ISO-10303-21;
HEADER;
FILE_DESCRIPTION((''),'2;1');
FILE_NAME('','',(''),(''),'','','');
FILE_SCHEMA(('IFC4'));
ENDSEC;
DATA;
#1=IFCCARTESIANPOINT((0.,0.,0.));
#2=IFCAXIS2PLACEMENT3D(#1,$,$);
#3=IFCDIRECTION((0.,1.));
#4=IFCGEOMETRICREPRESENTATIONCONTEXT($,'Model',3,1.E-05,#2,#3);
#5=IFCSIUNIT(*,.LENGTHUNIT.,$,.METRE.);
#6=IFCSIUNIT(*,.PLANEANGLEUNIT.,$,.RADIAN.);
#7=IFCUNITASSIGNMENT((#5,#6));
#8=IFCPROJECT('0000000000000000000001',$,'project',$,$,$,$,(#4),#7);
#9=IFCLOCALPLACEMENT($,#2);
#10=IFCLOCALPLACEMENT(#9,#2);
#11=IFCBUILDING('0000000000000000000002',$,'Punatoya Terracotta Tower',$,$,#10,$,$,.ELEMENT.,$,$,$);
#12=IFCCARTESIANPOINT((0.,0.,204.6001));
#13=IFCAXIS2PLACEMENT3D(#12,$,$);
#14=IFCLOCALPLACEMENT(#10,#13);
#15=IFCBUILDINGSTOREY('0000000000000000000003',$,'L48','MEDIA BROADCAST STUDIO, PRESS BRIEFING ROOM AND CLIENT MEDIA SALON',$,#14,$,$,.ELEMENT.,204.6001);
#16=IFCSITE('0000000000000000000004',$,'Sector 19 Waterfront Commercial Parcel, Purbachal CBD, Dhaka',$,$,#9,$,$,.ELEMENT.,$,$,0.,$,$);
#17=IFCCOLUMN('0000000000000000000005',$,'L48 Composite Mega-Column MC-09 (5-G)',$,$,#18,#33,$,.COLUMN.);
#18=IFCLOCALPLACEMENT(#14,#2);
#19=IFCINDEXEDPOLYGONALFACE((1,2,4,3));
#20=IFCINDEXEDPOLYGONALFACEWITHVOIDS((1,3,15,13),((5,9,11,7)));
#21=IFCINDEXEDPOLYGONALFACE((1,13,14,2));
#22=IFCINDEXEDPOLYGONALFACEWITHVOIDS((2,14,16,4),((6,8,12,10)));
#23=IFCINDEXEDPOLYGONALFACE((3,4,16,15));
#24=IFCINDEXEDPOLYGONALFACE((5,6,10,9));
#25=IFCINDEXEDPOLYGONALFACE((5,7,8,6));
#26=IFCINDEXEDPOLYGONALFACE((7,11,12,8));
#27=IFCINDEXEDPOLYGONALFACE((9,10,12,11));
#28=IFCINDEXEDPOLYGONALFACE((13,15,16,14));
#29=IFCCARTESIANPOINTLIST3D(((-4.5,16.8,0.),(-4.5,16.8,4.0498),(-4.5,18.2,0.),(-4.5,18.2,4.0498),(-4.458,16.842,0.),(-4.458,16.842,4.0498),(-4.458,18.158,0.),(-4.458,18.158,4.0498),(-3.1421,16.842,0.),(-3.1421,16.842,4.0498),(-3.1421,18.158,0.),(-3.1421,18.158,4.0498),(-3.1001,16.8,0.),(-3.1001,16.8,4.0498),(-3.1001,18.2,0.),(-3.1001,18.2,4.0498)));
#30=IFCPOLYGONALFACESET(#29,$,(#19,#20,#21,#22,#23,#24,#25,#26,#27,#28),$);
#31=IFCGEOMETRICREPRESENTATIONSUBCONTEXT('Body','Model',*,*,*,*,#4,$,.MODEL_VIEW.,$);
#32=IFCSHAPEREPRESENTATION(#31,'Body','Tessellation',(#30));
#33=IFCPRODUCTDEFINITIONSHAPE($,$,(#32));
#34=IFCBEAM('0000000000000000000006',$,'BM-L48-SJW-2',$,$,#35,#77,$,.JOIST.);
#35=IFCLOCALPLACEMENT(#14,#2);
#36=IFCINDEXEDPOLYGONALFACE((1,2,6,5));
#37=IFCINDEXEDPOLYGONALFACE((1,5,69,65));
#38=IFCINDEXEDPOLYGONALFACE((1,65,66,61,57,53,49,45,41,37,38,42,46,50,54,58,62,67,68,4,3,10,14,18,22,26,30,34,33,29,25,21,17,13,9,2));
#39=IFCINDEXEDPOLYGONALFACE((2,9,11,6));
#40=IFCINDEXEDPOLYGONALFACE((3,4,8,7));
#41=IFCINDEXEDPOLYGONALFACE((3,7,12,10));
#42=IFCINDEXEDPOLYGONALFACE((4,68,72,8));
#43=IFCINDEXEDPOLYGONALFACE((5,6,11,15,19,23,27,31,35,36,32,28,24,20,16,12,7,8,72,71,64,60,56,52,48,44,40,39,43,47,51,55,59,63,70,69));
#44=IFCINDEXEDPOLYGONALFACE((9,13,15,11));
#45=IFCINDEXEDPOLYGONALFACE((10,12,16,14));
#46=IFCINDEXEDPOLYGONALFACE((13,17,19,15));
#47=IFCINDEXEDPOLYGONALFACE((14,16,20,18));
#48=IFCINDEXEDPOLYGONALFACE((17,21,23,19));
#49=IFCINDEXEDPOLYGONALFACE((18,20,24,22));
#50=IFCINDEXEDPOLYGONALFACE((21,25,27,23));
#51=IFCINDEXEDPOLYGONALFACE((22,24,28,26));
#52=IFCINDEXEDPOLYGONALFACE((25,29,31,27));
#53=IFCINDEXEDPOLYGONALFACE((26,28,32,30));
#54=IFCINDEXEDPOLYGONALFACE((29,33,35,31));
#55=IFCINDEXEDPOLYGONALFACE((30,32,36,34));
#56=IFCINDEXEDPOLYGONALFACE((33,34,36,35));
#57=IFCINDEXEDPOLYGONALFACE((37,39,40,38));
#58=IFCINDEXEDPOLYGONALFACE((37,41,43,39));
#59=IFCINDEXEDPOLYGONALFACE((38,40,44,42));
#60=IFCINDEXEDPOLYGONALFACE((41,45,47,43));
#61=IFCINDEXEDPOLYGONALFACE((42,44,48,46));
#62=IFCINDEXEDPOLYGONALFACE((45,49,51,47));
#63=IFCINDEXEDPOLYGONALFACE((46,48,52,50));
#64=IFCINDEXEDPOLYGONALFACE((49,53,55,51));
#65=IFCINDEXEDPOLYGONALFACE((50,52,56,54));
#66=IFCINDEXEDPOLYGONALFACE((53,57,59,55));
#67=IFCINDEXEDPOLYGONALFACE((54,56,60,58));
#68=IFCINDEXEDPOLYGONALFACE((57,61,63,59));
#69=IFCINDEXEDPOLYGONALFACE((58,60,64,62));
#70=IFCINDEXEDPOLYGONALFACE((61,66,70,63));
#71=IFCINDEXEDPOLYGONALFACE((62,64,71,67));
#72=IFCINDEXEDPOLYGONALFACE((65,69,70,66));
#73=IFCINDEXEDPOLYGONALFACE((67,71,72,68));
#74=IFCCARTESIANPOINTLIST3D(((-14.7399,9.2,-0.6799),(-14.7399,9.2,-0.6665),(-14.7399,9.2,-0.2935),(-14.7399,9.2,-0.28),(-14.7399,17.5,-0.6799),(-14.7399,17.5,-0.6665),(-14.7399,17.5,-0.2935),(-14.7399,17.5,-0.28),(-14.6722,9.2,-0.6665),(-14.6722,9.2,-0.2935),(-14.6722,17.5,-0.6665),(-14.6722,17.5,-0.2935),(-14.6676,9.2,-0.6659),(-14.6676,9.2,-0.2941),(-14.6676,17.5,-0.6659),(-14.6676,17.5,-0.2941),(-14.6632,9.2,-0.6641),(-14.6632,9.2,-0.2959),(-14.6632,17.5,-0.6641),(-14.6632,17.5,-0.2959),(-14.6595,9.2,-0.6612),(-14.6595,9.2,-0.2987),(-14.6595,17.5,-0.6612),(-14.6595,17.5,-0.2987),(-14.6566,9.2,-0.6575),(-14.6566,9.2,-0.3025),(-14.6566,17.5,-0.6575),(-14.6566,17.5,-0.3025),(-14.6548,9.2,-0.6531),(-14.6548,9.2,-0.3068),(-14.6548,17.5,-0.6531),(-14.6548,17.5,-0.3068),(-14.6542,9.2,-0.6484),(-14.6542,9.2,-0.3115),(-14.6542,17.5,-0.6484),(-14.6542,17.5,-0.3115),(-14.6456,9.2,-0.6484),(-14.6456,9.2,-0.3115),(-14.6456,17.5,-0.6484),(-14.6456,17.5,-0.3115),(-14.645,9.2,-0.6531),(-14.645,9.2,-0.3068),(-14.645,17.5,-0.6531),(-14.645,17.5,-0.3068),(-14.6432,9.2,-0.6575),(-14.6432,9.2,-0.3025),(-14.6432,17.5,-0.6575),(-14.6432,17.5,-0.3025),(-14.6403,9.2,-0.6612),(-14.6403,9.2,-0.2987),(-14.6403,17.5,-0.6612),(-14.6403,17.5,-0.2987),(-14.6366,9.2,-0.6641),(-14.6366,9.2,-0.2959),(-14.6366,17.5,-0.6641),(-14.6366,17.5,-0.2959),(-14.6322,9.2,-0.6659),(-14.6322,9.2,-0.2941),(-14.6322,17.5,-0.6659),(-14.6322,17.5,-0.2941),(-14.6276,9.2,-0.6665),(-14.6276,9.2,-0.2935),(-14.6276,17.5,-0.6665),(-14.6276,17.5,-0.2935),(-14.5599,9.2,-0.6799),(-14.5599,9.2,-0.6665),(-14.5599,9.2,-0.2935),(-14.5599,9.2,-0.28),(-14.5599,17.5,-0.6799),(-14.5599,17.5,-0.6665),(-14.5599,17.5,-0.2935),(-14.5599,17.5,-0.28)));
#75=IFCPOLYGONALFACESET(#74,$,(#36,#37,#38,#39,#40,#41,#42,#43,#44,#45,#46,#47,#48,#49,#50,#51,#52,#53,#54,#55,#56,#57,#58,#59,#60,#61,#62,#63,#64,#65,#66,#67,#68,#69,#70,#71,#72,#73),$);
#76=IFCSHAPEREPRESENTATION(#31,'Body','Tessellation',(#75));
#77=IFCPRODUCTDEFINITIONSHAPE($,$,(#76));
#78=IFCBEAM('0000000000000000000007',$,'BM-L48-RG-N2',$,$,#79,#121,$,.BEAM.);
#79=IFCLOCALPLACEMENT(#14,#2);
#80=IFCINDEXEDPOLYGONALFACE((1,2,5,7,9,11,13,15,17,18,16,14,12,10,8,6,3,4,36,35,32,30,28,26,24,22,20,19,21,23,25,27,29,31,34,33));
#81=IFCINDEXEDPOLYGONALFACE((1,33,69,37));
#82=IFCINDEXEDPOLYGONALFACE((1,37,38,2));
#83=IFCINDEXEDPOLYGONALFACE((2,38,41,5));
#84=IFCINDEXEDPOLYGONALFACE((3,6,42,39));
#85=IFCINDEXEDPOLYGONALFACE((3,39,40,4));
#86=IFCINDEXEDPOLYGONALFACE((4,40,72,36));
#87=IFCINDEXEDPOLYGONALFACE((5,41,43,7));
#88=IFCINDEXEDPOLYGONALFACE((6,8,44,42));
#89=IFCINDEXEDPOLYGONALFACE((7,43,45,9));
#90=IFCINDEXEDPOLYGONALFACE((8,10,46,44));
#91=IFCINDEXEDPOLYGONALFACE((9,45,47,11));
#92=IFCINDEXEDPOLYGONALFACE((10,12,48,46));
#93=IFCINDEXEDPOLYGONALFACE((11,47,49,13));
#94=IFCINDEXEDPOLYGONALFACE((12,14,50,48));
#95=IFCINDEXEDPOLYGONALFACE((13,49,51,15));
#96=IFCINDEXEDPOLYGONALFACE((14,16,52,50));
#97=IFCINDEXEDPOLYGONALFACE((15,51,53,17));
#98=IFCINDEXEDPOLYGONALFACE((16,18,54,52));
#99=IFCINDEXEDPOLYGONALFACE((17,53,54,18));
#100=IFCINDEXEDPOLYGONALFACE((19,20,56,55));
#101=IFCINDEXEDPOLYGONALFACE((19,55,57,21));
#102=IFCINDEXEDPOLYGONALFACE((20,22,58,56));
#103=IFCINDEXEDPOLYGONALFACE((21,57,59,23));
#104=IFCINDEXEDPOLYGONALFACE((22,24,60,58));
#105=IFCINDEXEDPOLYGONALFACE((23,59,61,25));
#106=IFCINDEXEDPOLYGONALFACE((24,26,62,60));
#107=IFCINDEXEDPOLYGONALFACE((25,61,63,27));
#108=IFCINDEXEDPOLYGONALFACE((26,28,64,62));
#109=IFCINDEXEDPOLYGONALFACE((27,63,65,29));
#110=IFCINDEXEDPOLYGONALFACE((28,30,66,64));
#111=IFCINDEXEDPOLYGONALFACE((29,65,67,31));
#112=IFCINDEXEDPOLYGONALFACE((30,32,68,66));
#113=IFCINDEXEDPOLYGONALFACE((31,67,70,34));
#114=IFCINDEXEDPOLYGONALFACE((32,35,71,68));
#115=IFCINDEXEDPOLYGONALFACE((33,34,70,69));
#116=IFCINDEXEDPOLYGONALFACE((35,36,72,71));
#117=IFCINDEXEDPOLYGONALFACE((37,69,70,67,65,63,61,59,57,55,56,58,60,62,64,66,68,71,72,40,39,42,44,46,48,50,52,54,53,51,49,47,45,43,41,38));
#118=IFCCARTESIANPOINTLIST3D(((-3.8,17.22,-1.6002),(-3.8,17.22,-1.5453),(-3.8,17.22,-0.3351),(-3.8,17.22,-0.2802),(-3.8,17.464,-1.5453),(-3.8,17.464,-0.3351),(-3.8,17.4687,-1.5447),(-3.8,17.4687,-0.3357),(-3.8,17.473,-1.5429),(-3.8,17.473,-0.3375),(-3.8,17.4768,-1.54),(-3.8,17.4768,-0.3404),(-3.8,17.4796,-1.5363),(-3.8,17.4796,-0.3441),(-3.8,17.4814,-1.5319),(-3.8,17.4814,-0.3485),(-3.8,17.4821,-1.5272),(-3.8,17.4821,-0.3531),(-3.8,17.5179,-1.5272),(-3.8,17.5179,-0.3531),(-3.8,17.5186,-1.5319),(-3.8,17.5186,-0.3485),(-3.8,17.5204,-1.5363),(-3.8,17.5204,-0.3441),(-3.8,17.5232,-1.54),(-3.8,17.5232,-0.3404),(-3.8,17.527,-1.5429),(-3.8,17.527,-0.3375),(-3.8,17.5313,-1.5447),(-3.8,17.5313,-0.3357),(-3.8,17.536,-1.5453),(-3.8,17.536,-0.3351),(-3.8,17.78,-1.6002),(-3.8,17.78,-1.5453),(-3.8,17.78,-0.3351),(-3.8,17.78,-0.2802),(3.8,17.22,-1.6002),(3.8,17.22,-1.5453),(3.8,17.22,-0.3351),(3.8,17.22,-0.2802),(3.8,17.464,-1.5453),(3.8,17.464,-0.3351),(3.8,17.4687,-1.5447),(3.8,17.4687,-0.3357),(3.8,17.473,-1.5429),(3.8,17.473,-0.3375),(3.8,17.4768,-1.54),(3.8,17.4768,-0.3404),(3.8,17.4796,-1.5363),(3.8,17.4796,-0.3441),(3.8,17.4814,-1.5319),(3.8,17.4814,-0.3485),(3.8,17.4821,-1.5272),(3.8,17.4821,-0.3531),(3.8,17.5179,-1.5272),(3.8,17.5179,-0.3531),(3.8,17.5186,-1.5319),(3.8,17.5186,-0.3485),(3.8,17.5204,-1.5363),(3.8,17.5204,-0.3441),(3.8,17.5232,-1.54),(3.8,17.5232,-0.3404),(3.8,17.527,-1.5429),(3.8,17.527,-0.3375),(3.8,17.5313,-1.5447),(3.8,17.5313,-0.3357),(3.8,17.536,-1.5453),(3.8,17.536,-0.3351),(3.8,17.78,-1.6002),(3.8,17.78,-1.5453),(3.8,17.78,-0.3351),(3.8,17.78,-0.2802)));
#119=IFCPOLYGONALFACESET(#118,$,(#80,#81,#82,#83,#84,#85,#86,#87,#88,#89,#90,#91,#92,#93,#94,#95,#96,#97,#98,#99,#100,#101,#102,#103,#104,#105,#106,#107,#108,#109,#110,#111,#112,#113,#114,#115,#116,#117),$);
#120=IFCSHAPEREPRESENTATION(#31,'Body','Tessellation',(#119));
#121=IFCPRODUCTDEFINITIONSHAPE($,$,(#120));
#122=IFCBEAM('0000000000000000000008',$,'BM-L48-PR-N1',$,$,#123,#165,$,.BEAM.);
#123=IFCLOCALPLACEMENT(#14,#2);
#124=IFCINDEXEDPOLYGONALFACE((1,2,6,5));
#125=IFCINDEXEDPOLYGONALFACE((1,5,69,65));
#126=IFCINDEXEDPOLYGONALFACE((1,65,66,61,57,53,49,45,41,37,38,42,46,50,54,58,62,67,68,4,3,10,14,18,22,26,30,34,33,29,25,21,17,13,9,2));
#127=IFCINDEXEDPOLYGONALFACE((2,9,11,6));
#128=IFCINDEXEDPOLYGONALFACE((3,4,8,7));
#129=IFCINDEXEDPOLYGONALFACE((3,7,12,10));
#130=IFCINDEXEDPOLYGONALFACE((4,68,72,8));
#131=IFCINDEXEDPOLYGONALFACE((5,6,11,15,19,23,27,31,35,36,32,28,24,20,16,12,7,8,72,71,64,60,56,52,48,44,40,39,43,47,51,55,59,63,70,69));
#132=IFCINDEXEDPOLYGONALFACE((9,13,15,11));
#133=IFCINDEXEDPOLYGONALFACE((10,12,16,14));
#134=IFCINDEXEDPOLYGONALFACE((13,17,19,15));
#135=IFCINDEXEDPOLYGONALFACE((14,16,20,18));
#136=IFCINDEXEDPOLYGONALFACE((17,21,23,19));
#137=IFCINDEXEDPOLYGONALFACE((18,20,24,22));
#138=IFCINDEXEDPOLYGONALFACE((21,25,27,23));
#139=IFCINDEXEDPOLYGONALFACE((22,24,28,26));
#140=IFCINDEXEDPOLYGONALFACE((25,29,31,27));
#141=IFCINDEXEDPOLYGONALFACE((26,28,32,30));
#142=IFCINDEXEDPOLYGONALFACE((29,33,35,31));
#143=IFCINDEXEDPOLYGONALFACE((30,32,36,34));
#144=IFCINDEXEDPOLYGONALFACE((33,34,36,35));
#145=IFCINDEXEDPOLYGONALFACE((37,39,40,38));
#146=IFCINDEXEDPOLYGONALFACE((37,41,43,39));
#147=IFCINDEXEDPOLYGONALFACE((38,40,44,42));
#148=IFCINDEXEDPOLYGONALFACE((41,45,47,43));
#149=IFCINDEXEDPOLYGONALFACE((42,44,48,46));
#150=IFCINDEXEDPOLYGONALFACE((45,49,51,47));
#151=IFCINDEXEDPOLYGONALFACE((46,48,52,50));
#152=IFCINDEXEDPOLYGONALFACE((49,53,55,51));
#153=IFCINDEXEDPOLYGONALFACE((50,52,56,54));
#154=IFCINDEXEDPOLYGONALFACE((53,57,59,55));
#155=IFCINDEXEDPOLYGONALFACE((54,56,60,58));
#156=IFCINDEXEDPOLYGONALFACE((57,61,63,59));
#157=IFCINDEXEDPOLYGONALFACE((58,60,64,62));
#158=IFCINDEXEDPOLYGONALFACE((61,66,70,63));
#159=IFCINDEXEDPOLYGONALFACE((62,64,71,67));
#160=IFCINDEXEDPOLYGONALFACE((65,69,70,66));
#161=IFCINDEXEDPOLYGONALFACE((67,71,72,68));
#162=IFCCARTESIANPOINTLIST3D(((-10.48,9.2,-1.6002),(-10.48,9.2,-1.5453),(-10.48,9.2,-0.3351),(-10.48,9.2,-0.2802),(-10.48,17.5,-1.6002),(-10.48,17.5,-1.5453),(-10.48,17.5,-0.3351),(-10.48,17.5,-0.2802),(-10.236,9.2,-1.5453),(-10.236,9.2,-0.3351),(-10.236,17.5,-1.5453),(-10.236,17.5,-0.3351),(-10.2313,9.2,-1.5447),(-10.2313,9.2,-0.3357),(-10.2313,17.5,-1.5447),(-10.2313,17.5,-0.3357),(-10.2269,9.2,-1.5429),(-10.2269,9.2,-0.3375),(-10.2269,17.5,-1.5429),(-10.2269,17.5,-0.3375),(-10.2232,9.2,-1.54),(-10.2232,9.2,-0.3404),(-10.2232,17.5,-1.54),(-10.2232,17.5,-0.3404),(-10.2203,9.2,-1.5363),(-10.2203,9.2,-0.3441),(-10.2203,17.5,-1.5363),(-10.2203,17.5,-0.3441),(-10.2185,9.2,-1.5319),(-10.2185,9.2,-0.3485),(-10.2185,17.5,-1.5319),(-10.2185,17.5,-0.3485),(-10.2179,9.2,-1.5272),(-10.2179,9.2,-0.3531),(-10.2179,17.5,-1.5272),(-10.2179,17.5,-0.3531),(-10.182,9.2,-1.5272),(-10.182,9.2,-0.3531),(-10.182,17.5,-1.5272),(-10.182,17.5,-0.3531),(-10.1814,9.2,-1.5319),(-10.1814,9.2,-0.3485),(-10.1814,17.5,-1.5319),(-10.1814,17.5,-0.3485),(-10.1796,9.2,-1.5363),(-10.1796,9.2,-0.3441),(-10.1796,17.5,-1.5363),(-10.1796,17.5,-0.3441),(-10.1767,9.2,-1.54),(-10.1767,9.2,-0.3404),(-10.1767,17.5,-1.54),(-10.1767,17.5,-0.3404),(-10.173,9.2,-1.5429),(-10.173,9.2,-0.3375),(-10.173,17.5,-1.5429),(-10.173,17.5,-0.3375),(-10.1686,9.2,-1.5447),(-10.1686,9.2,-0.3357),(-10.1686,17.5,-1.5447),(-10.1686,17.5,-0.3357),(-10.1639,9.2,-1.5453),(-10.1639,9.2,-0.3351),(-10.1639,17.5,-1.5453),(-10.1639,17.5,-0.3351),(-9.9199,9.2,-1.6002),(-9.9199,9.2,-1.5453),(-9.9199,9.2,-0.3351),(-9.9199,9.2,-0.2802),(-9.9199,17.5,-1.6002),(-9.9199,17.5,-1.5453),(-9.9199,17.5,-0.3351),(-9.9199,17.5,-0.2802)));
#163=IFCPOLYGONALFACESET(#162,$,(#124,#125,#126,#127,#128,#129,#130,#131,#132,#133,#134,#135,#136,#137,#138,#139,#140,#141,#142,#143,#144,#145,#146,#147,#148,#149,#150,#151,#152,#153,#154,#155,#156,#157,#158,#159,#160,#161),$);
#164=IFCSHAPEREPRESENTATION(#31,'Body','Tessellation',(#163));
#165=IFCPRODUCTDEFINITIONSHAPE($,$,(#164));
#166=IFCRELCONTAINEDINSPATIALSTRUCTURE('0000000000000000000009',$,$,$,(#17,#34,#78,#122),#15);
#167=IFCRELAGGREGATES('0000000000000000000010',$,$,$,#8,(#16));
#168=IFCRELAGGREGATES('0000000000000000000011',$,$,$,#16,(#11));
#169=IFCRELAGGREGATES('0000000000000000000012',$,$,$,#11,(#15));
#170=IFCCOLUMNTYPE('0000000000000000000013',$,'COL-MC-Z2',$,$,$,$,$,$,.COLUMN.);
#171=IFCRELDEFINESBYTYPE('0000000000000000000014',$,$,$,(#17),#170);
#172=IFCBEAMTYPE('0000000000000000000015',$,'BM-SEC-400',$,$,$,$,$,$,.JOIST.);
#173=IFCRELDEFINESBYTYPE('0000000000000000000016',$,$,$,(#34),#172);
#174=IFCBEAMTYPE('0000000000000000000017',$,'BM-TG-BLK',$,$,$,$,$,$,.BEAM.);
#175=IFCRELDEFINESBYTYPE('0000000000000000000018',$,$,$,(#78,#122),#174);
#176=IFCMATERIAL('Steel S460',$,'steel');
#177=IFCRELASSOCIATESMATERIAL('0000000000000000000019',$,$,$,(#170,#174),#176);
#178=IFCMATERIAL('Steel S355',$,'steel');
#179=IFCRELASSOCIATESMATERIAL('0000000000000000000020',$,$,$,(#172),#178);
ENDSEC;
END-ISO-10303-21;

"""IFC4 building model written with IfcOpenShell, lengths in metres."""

from ifc_helpers import new_model, si_unit, direction, frame, origin, origin_2d, place, context, subcontext, project, spatial, hollow_rectangle, i_section, extrude, material, material_profile, profile_set, type_object, element, save


model = new_model("IFC4")

# Units and contexts
model_context = context("Model", 3, precision=1e-05, world=origin(), true_north=direction((0.0, 1.0)))
body_context = subcontext(model_context, "Body", "Model", "MODEL_VIEW")
ifc_project = project(units=[si_unit("LENGTHUNIT", "METRE"), si_unit("PLANEANGLEUNIT", "RADIAN")], contexts=[model_context])

# Site, building, storey
site_placement = place(None, origin())
site = spatial("IfcSite", under=ifc_project, at=site_placement, Name="Sector 19 Waterfront Commercial Parcel, Purbachal CBD, Dhaka", CompositionType="ELEMENT", RefElevation=0.0)
building_placement = place(site_placement, origin())
building = spatial("IfcBuilding", under=site, at=building_placement, Name="Punatoya Terracotta Tower", CompositionType="ELEMENT")
storey_placement = place(building_placement, frame((0.0, 0.0, 204.6001)))
storey = spatial("IfcBuildingStorey", under=building, at=storey_placement, Name="L48", Description="MEDIA BROADCAST STUDIO, PRESS BRIEFING ROOM AND CLIENT MEDIA SALON", CompositionType="ELEMENT", Elevation=204.6001)

# Column
ifc_material_1 = material(Name="Steel S460", Category="steel")
ifc_material_profile_1 = material_profile(ifc_material_1, hollow_rectangle(XDim=1.3999, YDim=1.3999, WallThickness=0.042, at=origin_2d()))
ifc_profile_set_1 = profile_set([ifc_material_profile_1], Name="Steel S460")
column_type = type_object("IfcColumnType", Name="COL-MC-Z2", PredefinedType="COLUMN", material=ifc_profile_set_1)
column_placement = place(storey_placement, frame((-3.8, 17.5, 0.0), z_axis=(0.0, 0.0, 1.0), x_axis=(1.0, 0.0, 0.0)))
element("IfcColumn", 1, at=column_placement, inside=storey, type_object=column_type, Name="L48 Composite Mega-Column MC-09 (5-G)", PredefinedType="COLUMN", context=body_context, shape_type="SweptSolid", body=[
    extrude(hollow_rectangle(XDim=1.3999, YDim=1.3999, WallThickness=0.042, at=origin_2d()), origin(), (0.0, 0.0, 1.0), 4.0498),
])

# Beams
ifc_material_2 = material(Name="Steel S355", Category="steel")
ifc_material_profile_2 = material_profile(ifc_material_2, i_section(OverallWidth=0.1799, OverallDepth=0.3999, WebThickness=0.0085, FlangeThickness=0.0134, FilletRadius=0.0181, at=origin_2d()))
ifc_profile_set_2 = profile_set([ifc_material_profile_2], Name="Steel S355")
beam_type_1 = type_object("IfcBeamType", Name="BM-SEC-400", PredefinedType="JOIST", material=ifc_profile_set_2)
beam_1_placement = place(storey_placement, frame((-14.6499, 9.2, -0.48), z_axis=(0.0, 1.0, 0.0), x_axis=(-1.0, 0.0, 0.0)))
element("IfcBeam", 2, at=beam_1_placement, inside=storey, type_object=beam_type_1, Name="BM-L48-SJW-2", PredefinedType="JOIST", context=body_context, shape_type="SweptSolid", body=[
    extrude(i_section(OverallWidth=0.1799, OverallDepth=0.3999, WebThickness=0.0085, FlangeThickness=0.0134, FilletRadius=0.0181, at=origin_2d()), origin(), (0.0, 0.0, 1.0), 8.3),
])
ifc_material_profile_3 = material_profile(ifc_material_1, i_section(OverallWidth=0.5601, OverallDepth=1.3201, WebThickness=0.0359, FlangeThickness=0.0549, FilletRadius=0.0181, at=origin_2d()))
ifc_profile_set_3 = profile_set([ifc_material_profile_3], Name="Steel S460")
beam_type_2 = type_object("IfcBeamType", Name="BM-TG-BLK", PredefinedType="BEAM", material=ifc_profile_set_3)
beam_2_placement = place(storey_placement, frame((-3.8, 17.5, -0.9402), z_axis=(1.0, 0.0, 0.0), x_axis=(0.0, 1.0, 0.0)))
element("IfcBeam", 3, at=beam_2_placement, inside=storey, type_object=beam_type_2, Name="BM-L48-RG-N2", PredefinedType="BEAM", context=body_context, shape_type="SweptSolid", body=[
    extrude(i_section(OverallWidth=0.5601, OverallDepth=1.3201, WebThickness=0.0359, FlangeThickness=0.0549, FilletRadius=0.0181, at=origin_2d()), origin(), (0.0, 0.0, 1.0), 7.6001),
])
for number, where, z_axis, x_axis, name in (
    (4, (-10.2, 9.2, -0.9402), (0.0, 1.0, 0.0), (-1.0, 0.0, 0.0), "BM-L48-PR-N1"),
):
    element("IfcBeam", number, at=place(storey_placement, frame(where, z_axis=z_axis, x_axis=x_axis)), inside=storey, type_object=beam_type_2, Name=name, PredefinedType="BEAM", context=body_context, shape_type="SweptSolid", body=[
        extrude(i_section(OverallWidth=0.5601, OverallDepth=1.3201, WebThickness=0.0359, FlangeThickness=0.0549, FilletRadius=0.0181, at=origin_2d()), origin(), (0.0, 0.0, 1.0), 8.3),
    ])

save(model, "model.ifc")
